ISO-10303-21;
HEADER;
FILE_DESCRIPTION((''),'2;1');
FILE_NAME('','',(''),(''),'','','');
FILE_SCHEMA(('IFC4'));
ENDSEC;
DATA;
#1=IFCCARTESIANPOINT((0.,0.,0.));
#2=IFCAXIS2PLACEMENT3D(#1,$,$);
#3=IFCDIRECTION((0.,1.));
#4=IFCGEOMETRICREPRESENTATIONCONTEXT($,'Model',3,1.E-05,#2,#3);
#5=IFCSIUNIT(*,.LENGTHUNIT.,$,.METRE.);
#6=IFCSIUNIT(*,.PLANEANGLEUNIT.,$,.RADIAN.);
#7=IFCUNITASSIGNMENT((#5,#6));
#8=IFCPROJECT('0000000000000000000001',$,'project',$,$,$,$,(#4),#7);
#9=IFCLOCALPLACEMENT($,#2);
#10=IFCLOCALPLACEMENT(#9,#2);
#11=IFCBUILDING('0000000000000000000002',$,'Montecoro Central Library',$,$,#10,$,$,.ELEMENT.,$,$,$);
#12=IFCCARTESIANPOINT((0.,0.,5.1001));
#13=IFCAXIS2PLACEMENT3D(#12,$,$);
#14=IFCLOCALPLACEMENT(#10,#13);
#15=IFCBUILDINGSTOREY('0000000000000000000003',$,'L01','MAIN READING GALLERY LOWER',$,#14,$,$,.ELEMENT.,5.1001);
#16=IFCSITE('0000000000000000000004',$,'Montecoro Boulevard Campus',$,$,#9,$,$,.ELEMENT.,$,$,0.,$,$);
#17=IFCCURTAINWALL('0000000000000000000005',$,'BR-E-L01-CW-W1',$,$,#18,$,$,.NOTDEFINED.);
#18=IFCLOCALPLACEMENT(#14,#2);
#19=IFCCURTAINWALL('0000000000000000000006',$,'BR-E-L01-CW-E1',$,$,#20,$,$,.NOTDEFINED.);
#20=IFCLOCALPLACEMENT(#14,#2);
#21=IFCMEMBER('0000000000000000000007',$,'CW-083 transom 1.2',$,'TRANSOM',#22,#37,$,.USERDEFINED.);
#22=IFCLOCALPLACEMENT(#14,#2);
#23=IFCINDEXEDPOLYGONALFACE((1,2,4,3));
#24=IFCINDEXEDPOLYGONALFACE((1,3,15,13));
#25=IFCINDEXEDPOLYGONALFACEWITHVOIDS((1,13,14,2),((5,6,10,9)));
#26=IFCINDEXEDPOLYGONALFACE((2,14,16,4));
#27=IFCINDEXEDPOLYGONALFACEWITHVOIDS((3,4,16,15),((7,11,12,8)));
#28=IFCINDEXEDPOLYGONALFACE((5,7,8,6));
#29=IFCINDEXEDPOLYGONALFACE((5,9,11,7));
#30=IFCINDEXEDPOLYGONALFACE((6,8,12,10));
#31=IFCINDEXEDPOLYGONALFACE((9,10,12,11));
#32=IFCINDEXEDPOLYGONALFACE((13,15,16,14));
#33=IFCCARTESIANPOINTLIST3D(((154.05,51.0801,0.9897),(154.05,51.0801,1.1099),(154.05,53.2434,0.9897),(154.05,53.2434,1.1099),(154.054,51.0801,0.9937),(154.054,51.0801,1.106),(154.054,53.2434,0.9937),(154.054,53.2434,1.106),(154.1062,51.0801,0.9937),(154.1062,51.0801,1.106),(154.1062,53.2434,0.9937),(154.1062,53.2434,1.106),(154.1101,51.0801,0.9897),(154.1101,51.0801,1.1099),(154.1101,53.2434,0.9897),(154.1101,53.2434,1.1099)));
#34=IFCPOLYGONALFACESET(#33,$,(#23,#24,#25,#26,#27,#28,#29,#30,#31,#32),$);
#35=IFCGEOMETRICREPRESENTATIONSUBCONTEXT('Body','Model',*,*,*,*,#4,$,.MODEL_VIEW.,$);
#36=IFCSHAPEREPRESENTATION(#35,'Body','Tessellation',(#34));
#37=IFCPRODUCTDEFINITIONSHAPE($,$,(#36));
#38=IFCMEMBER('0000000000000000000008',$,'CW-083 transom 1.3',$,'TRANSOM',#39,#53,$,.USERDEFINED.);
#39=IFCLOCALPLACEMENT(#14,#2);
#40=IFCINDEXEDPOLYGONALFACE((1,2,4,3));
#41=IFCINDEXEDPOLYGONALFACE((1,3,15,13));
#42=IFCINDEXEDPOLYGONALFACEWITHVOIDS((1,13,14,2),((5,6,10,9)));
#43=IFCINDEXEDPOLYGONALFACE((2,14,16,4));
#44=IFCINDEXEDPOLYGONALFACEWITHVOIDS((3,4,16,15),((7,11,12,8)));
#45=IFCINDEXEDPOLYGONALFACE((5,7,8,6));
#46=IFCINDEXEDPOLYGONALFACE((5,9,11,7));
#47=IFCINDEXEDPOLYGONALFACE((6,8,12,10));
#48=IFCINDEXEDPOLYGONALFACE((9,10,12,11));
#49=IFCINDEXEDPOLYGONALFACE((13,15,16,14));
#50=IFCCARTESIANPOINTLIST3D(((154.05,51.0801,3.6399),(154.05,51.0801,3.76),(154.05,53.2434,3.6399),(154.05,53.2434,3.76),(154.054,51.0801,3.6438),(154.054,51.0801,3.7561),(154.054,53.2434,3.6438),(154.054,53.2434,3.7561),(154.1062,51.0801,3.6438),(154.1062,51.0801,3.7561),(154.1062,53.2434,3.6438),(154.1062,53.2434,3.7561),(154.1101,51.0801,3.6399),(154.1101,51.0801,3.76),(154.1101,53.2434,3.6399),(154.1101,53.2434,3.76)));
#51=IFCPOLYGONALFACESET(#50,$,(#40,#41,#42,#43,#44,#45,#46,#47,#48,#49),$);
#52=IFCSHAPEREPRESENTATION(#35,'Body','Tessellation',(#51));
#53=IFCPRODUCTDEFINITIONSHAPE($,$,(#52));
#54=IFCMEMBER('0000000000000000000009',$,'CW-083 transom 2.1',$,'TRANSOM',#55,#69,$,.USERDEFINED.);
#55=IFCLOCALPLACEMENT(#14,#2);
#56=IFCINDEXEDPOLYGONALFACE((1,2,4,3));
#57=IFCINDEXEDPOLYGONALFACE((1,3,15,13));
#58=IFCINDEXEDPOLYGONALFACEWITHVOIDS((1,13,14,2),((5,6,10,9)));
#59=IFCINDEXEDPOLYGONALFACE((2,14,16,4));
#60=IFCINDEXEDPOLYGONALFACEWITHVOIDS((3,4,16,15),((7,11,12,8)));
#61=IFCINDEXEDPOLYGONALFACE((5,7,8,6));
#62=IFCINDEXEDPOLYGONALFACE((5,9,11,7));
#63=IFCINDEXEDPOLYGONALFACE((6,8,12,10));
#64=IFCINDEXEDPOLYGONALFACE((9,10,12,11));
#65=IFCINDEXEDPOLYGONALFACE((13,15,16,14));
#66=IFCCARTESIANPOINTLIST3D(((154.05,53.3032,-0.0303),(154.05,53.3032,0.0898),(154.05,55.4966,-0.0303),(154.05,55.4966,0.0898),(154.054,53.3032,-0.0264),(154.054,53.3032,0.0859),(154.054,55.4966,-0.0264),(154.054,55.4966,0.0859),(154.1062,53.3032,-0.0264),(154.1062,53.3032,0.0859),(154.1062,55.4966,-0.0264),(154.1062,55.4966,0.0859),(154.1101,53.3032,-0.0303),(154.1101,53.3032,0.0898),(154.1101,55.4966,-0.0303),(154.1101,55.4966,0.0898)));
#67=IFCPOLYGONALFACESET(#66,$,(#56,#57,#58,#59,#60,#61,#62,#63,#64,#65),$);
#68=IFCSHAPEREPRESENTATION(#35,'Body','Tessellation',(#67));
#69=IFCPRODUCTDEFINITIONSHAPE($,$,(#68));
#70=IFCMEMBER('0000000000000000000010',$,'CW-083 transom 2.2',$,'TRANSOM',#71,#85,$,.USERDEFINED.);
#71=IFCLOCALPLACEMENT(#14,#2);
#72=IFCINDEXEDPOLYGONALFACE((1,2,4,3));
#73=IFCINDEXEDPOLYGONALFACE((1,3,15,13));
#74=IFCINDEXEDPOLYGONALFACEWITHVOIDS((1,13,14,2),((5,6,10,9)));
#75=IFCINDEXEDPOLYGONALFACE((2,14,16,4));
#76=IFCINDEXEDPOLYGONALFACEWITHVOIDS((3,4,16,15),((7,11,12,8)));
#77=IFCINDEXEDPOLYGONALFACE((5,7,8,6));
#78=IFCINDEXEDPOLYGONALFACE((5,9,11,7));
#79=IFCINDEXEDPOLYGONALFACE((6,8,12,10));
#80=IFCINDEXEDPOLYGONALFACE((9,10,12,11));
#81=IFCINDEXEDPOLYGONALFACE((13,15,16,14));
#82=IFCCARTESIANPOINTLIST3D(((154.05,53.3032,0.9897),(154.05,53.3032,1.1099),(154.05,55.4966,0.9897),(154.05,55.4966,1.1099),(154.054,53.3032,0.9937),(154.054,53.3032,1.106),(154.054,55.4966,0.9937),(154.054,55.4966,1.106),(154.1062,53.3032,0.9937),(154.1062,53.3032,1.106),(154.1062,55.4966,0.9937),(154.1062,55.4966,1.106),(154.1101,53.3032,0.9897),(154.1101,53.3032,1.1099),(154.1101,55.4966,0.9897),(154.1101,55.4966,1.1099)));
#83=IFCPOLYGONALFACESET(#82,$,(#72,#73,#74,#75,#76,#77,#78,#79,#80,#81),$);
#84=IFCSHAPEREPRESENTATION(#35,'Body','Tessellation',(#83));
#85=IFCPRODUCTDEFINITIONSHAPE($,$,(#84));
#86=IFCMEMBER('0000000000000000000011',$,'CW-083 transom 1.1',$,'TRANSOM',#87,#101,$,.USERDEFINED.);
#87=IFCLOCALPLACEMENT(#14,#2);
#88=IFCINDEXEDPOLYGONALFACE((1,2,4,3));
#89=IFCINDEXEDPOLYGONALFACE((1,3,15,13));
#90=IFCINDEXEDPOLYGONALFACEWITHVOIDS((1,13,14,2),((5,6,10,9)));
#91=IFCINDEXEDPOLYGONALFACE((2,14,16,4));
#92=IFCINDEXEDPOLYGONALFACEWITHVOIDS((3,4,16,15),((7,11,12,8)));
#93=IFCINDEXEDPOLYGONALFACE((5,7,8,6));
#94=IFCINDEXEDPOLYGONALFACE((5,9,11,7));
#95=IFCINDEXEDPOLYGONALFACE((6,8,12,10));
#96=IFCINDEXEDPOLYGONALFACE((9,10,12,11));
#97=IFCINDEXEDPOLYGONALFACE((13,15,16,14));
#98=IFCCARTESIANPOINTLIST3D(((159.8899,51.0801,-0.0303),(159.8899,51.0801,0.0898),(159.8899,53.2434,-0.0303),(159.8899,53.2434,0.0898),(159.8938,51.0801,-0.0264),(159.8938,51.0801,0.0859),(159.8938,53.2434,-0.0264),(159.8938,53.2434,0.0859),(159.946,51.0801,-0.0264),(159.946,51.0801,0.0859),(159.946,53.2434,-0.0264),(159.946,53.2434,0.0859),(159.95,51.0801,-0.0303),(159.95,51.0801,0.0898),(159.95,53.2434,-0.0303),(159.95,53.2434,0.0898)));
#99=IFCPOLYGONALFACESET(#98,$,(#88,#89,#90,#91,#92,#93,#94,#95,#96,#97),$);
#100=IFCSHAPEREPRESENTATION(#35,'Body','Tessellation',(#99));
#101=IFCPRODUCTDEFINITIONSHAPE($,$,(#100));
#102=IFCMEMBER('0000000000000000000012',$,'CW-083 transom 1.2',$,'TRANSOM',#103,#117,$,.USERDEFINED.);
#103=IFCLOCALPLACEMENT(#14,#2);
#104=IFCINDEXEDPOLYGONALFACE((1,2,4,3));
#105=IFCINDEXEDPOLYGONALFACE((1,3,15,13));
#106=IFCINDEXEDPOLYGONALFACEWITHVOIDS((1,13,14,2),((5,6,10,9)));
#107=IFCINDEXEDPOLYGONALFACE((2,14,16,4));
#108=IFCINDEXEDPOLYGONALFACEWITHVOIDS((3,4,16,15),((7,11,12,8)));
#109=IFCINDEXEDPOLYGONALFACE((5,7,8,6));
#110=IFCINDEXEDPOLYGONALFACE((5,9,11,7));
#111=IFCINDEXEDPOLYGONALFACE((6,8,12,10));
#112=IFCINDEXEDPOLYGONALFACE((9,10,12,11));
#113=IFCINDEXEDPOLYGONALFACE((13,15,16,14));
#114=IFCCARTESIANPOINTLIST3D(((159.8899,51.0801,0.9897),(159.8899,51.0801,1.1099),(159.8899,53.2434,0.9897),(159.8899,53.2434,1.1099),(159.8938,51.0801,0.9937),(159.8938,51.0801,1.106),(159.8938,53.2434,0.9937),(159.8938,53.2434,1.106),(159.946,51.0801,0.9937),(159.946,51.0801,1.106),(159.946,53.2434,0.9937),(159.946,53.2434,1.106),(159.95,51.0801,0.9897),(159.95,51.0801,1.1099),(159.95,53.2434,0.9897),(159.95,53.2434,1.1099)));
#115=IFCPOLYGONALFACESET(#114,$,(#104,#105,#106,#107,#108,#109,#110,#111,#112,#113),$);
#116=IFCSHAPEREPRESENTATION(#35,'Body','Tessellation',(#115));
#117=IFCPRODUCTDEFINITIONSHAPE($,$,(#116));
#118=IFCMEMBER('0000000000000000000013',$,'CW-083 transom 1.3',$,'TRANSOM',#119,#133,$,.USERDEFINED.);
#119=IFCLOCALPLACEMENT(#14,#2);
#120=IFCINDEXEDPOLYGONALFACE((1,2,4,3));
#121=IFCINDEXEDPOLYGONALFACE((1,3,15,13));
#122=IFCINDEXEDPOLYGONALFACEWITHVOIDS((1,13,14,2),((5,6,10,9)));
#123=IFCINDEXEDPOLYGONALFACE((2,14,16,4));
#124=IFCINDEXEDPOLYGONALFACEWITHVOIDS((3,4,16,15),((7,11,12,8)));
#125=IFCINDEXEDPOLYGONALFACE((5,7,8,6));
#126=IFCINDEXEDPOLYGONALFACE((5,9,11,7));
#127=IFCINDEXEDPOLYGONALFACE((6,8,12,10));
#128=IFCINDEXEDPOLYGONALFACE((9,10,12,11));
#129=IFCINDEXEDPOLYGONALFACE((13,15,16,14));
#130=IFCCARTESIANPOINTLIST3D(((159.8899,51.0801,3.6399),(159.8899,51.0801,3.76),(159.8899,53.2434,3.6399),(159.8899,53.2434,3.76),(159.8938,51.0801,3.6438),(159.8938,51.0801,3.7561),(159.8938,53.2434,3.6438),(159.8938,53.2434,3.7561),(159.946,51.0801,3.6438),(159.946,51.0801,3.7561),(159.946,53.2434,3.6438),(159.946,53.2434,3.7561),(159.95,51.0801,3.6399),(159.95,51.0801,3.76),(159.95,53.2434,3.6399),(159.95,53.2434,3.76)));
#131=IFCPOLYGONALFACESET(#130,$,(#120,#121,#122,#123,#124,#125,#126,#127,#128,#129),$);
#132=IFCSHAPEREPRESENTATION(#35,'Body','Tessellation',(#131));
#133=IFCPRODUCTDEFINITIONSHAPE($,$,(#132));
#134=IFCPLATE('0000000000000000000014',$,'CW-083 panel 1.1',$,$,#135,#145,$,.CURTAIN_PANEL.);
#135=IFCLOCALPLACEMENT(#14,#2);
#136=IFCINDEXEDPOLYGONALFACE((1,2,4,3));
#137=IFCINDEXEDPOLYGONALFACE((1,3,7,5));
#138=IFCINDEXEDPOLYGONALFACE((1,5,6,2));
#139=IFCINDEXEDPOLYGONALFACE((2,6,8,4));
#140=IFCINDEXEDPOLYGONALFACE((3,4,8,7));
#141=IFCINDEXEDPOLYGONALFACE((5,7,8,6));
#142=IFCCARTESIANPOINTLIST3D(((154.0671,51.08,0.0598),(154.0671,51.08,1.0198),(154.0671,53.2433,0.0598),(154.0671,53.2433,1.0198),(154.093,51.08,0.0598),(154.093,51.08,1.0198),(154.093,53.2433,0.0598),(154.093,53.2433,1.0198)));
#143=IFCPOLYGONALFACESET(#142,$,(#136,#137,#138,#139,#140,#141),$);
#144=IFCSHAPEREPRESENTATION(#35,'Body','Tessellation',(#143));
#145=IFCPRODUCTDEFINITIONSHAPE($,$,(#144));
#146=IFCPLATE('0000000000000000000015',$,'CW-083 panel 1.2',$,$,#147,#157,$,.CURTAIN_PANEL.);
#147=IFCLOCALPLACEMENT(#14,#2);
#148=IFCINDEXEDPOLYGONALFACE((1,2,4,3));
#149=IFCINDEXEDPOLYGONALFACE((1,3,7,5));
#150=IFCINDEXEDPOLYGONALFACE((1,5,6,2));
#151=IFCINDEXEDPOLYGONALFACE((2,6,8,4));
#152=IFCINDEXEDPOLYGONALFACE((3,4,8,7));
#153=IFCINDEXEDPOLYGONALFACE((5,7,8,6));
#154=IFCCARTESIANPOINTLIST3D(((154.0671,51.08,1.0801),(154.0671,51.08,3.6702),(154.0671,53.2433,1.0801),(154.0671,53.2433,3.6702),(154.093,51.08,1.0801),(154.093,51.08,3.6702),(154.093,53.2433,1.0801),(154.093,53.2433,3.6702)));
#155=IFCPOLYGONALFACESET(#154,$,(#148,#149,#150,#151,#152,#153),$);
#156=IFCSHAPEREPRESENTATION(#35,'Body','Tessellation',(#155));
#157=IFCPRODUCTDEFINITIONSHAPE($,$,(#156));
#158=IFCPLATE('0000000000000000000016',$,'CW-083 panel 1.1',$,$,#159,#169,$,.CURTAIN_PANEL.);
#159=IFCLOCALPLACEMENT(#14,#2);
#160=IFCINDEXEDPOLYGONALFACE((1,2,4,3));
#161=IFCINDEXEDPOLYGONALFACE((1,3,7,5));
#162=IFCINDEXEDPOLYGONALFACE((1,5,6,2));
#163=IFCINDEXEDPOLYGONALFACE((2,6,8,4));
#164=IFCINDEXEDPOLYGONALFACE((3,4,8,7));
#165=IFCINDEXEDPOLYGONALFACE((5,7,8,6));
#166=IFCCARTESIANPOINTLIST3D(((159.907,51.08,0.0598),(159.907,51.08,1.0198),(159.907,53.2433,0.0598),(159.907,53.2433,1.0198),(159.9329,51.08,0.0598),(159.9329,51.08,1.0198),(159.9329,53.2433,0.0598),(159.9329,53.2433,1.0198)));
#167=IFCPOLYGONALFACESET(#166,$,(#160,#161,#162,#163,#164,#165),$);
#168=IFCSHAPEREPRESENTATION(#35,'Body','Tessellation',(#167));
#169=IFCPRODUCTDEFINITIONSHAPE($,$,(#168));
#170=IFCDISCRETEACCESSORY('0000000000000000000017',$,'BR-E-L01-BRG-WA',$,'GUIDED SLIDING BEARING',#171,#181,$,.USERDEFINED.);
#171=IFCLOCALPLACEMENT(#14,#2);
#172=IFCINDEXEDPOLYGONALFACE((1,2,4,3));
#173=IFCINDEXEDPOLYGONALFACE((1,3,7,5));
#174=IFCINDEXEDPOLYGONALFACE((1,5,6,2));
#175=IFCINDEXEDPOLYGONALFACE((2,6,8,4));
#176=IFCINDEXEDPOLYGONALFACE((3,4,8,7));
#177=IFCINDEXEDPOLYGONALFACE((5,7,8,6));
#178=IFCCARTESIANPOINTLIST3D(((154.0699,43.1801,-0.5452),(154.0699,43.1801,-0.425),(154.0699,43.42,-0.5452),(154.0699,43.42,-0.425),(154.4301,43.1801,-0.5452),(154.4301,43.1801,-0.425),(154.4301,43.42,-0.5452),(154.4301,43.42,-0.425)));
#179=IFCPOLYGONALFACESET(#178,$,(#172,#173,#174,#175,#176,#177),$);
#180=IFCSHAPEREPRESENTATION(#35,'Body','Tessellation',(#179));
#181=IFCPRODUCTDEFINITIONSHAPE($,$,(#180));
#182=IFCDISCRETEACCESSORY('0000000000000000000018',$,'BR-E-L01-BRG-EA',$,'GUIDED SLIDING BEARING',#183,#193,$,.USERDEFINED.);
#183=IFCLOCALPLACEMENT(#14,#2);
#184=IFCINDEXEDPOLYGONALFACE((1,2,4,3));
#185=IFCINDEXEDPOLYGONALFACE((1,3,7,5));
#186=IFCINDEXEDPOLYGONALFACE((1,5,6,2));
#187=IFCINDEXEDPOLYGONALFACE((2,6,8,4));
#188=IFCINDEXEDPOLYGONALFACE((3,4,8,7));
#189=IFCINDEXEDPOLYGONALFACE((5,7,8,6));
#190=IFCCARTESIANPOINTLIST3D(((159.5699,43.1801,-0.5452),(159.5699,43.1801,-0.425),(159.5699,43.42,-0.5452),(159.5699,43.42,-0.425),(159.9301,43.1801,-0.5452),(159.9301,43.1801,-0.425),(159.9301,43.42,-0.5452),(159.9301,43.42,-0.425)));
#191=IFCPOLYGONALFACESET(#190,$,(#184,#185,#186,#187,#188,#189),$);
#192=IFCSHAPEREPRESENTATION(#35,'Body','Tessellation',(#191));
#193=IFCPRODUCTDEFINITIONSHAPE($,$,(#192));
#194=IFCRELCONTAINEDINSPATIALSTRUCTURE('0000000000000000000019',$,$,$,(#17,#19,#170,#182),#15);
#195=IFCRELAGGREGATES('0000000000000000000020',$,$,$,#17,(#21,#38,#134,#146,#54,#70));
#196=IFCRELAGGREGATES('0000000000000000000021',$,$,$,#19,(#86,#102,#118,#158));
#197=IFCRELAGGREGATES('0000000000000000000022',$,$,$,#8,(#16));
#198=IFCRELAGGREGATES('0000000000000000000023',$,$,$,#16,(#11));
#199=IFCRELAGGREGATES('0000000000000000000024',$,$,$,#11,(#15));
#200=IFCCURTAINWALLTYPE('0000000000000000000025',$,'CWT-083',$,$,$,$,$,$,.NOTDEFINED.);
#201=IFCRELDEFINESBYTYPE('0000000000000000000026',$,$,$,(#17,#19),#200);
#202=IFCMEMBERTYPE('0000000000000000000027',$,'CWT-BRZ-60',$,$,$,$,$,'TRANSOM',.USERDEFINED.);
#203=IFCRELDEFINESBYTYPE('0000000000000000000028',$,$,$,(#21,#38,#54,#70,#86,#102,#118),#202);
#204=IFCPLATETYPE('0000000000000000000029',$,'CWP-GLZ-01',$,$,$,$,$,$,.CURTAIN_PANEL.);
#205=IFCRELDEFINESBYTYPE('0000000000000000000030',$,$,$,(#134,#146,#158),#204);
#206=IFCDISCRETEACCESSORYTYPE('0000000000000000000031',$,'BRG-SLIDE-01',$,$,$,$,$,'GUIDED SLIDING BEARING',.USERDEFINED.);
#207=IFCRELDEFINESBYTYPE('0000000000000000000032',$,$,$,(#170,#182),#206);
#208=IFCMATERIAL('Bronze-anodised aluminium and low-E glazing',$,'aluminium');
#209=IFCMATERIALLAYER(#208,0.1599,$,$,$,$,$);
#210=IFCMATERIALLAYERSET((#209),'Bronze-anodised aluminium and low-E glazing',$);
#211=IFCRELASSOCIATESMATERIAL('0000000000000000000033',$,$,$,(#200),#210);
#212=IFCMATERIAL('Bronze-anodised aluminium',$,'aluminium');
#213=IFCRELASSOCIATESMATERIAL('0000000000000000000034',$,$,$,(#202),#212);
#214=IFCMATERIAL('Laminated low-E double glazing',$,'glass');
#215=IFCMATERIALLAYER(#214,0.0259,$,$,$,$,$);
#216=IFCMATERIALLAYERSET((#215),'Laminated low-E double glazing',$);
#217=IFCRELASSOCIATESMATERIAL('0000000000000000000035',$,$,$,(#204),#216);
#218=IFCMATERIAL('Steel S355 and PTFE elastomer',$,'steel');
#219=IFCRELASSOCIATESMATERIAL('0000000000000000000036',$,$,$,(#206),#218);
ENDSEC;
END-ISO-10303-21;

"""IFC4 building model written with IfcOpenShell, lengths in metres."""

from ifc_helpers import new_model, si_unit, direction, frame, origin, origin_2d, place, context, subcontext, project, spatial, rectangle, hollow_rectangle, extrude, material, layer, layer_set, material_profile, profile_set, type_object, element, aggregate, save


model = new_model("IFC4")

# Units and contexts
model_context = context("Model", 3, precision=1e-05, world=origin(), true_north=direction((0.0, 1.0)))
body_context = subcontext(model_context, "Body", "Model", "MODEL_VIEW")
ifc_project = project(units=[si_unit("LENGTHUNIT", "METRE"), si_unit("PLANEANGLEUNIT", "RADIAN")], contexts=[model_context])

# Site, building, storey
site_placement = place(None, origin())
site = spatial("IfcSite", under=ifc_project, at=site_placement, Name="Montecoro Boulevard Campus", CompositionType="ELEMENT", RefElevation=0.0)
building_placement = place(site_placement, origin())
building = spatial("IfcBuilding", under=site, at=building_placement, Name="Montecoro Central Library", CompositionType="ELEMENT")
storey_placement = place(building_placement, frame((0.0, 0.0, 5.1001)))
storey = spatial("IfcBuildingStorey", under=building, at=storey_placement, Name="L01", Description="MAIN READING GALLERY LOWER", CompositionType="ELEMENT", Elevation=5.1001)

# Curtain wall
ifc_material_1 = material(Name="Bronze-anodised aluminium and low-E glazing", Category="aluminium")
ifc_layer_1 = layer(ifc_material_1, 0.1599)
ifc_layer_set_1 = layer_set([ifc_layer_1], Name="Bronze-anodised aluminium and low-E glazing")
curtain_wall_type = type_object("IfcCurtainWallType", Name="CWT-083", PredefinedType="NOTDEFINED", material=ifc_layer_set_1)
curtain_wall_1_placement = place(storey_placement, origin())
curtain_wall_1 = element("IfcCurtainWall", 1, at=curtain_wall_1_placement, inside=storey, type_object=curtain_wall_type, Name="BR-E-L01-CW-W1", PredefinedType="NOTDEFINED")
ifc_material_2 = material(Name="Bronze-anodised aluminium", Category="aluminium")

# Curtain wall
curtain_wall_2_placement = place(storey_placement, origin())
curtain_wall_2 = element("IfcCurtainWall", 2, at=curtain_wall_2_placement, inside=storey, type_object=curtain_wall_type, Name="BR-E-L01-CW-E1", PredefinedType="NOTDEFINED")

# Members
ifc_material_profile_1 = material_profile(ifc_material_2, hollow_rectangle(XDim=0.0601, YDim=0.1201, WallThickness=0.0039, at=origin_2d()), Name="CWT 120x60x4.0")
ifc_profile_set_1 = profile_set([ifc_material_profile_1], Name="Bronze-anodised aluminium")
member_type_1 = type_object("IfcMemberType", Name="CWT-BRZ-60", ElementType="TRANSOM", PredefinedType="USERDEFINED", material=ifc_profile_set_1)
member_1_placement = place(storey_placement, frame((154.0801, 51.0801, 1.0498), z_axis=(0.0, 1.0, 0.0), x_axis=(-1.0, 0.0, 0.0)))
member_1 = element("IfcMember", 3, at=member_1_placement, type_object=member_type_1, Name="CW-083 transom 1.2", ObjectType="TRANSOM", PredefinedType="USERDEFINED", context=body_context, shape_type="SweptSolid", body=[
    extrude(hollow_rectangle(XDim=0.0601, YDim=0.1201, WallThickness=0.0039, at=origin_2d()), origin(), (0.0, 0.0, 1.0), 2.1633),
])
member_2_placement = place(storey_placement, frame((154.0801, 51.0801, 3.7), z_axis=(0.0, 1.0, 0.0), x_axis=(-1.0, 0.0, 0.0)))
member_2 = element("IfcMember", 4, at=member_2_placement, type_object=member_type_1, Name="CW-083 transom 1.3", ObjectType="TRANSOM", PredefinedType="USERDEFINED", context=body_context, shape_type="SweptSolid", body=[
    extrude(hollow_rectangle(XDim=0.0601, YDim=0.1201, WallThickness=0.0039, at=origin_2d()), origin(), (0.0, 0.0, 1.0), 2.1633),
])
member_3_placement = place(storey_placement, frame((154.0801, 53.3032, 0.0298), z_axis=(0.0, 1.0, 0.0), x_axis=(-1.0, 0.0, 0.0)))
member_3 = element("IfcMember", 5, at=member_3_placement, type_object=member_type_1, Name="CW-083 transom 2.1", ObjectType="TRANSOM", PredefinedType="USERDEFINED", context=body_context, shape_type="SweptSolid", body=[
    extrude(hollow_rectangle(XDim=0.0601, YDim=0.1201, WallThickness=0.0039, at=origin_2d()), origin(), (0.0, 0.0, 1.0), 2.1934),
])
member_4_placement = place(storey_placement, frame((154.0801, 53.3032, 1.0498), z_axis=(0.0, 1.0, 0.0), x_axis=(-1.0, 0.0, 0.0)))
member_4 = element("IfcMember", 6, at=member_4_placement, type_object=member_type_1, Name="CW-083 transom 2.2", ObjectType="TRANSOM", PredefinedType="USERDEFINED", context=body_context, shape_type="SweptSolid", body=[
    extrude(hollow_rectangle(XDim=0.0601, YDim=0.1201, WallThickness=0.0039, at=origin_2d()), origin(), (0.0, 0.0, 1.0), 2.1934),
])
member_5_placement = place(storey_placement, frame((159.9199, 51.0801, 0.0298), z_axis=(0.0, 1.0, 0.0), x_axis=(-1.0, 0.0, 0.0)))
member_5 = element("IfcMember", 7, at=member_5_placement, type_object=member_type_1, Name="CW-083 transom 1.1", ObjectType="TRANSOM", PredefinedType="USERDEFINED", context=body_context, shape_type="SweptSolid", body=[
    extrude(hollow_rectangle(XDim=0.0601, YDim=0.1201, WallThickness=0.0039, at=origin_2d()), origin(), (0.0, 0.0, 1.0), 2.1633),
])
member_6_placement = place(storey_placement, frame((159.9199, 51.0801, 1.0498), z_axis=(0.0, 1.0, 0.0), x_axis=(-1.0, 0.0, 0.0)))
member_6 = element("IfcMember", 8, at=member_6_placement, type_object=member_type_1, Name="CW-083 transom 1.2", ObjectType="TRANSOM", PredefinedType="USERDEFINED", context=body_context, shape_type="SweptSolid", body=[
    extrude(hollow_rectangle(XDim=0.0601, YDim=0.1201, WallThickness=0.0039, at=origin_2d()), origin(), (0.0, 0.0, 1.0), 2.1633),
])
member_7_placement = place(storey_placement, frame((159.9199, 51.0801, 3.7), z_axis=(0.0, 1.0, 0.0), x_axis=(-1.0, 0.0, 0.0)))
member_7 = element("IfcMember", 9, at=member_7_placement, type_object=member_type_1, Name="CW-083 transom 1.3", ObjectType="TRANSOM", PredefinedType="USERDEFINED", context=body_context, shape_type="SweptSolid", body=[
    extrude(hollow_rectangle(XDim=0.0601, YDim=0.1201, WallThickness=0.0039, at=origin_2d()), origin(), (0.0, 0.0, 1.0), 2.1633),
])

# Plates
ifc_material_3 = material(Name="Laminated low-E double glazing", Category="glass")
ifc_layer_2 = layer(ifc_material_3, 0.0259)
ifc_layer_set_2 = layer_set([ifc_layer_2], Name="Laminated low-E double glazing")
plate_type = type_object("IfcPlateType", Name="CWP-GLZ-01", PredefinedType="CURTAIN_PANEL", material=ifc_layer_set_2)
plate_1_placement = place(storey_placement, frame((154.0801, 52.1616, 0.0598), z_axis=(0.0, 0.0, 1.0), x_axis=(0.0, 1.0, 0.0)))
plate_1 = element("IfcPlate", 10, at=plate_1_placement, type_object=plate_type, Name="CW-083 panel 1.1", PredefinedType="CURTAIN_PANEL", context=body_context, shape_type="SweptSolid", body=[
    extrude(rectangle(XDim=2.1633, YDim=0.0259, at=origin_2d()), origin(), (0.0, 0.0, 1.0), 0.96),
])
plate_2_placement = place(storey_placement, frame((154.0801, 52.1616, 1.0801), z_axis=(0.0, 0.0, 1.0), x_axis=(0.0, 1.0, 0.0)))
plate_2 = element("IfcPlate", 11, at=plate_2_placement, type_object=plate_type, Name="CW-083 panel 1.2", PredefinedType="CURTAIN_PANEL", context=body_context, shape_type="SweptSolid", body=[
    extrude(rectangle(XDim=2.1633, YDim=0.0259, at=origin_2d()), origin(), (0.0, 0.0, 1.0), 2.5901),
])
aggregate(curtain_wall_1, [member_1, member_2, plate_1, plate_2, member_3, member_4])
plate_3_placement = place(storey_placement, frame((159.9199, 52.1616, 0.0598), z_axis=(0.0, 0.0, 1.0), x_axis=(0.0, 1.0, 0.0)))
plate_3 = element("IfcPlate", 12, at=plate_3_placement, type_object=plate_type, Name="CW-083 panel 1.1", PredefinedType="CURTAIN_PANEL", context=body_context, shape_type="SweptSolid", body=[
    extrude(rectangle(XDim=2.1633, YDim=0.0259, at=origin_2d()), origin(), (0.0, 0.0, 1.0), 0.96),
])
aggregate(curtain_wall_2, [member_5, member_6, member_7, plate_3])

# Discrete accessories
ifc_material_4 = material(Name="Steel S355 and PTFE elastomer", Category="steel")
discrete_accessory_type_1 = type_object("IfcDiscreteAccessoryType", Name="BRG-SLIDE-01", ElementType="GUIDED SLIDING BEARING", PredefinedType="USERDEFINED", material=ifc_material_4)
for number, where, z_axis, x_axis, name in (
    (13, (154.25, 43.3, -0.5452), (0.0, 0.0, 1.0), (1.0, 0.0, 0.0), "BR-E-L01-BRG-WA"),
    (14, (159.75, 43.3, -0.5452), (0.0, 0.0, 1.0), (1.0, 0.0, 0.0), "BR-E-L01-BRG-EA"),
):
    element("IfcDiscreteAccessory", number, at=place(storey_placement, frame(where, z_axis=z_axis, x_axis=x_axis)), inside=storey, type_object=discrete_accessory_type_1, Name=name, ObjectType="GUIDED SLIDING BEARING", PredefinedType="USERDEFINED", context=body_context, shape_type="SweptSolid", body=[
        extrude(rectangle(XDim=0.3601, YDim=0.24, at=origin_2d()), origin(), (0.0, 0.0, 1.0), 0.1201),
    ])

save(model, "model.ifc")
